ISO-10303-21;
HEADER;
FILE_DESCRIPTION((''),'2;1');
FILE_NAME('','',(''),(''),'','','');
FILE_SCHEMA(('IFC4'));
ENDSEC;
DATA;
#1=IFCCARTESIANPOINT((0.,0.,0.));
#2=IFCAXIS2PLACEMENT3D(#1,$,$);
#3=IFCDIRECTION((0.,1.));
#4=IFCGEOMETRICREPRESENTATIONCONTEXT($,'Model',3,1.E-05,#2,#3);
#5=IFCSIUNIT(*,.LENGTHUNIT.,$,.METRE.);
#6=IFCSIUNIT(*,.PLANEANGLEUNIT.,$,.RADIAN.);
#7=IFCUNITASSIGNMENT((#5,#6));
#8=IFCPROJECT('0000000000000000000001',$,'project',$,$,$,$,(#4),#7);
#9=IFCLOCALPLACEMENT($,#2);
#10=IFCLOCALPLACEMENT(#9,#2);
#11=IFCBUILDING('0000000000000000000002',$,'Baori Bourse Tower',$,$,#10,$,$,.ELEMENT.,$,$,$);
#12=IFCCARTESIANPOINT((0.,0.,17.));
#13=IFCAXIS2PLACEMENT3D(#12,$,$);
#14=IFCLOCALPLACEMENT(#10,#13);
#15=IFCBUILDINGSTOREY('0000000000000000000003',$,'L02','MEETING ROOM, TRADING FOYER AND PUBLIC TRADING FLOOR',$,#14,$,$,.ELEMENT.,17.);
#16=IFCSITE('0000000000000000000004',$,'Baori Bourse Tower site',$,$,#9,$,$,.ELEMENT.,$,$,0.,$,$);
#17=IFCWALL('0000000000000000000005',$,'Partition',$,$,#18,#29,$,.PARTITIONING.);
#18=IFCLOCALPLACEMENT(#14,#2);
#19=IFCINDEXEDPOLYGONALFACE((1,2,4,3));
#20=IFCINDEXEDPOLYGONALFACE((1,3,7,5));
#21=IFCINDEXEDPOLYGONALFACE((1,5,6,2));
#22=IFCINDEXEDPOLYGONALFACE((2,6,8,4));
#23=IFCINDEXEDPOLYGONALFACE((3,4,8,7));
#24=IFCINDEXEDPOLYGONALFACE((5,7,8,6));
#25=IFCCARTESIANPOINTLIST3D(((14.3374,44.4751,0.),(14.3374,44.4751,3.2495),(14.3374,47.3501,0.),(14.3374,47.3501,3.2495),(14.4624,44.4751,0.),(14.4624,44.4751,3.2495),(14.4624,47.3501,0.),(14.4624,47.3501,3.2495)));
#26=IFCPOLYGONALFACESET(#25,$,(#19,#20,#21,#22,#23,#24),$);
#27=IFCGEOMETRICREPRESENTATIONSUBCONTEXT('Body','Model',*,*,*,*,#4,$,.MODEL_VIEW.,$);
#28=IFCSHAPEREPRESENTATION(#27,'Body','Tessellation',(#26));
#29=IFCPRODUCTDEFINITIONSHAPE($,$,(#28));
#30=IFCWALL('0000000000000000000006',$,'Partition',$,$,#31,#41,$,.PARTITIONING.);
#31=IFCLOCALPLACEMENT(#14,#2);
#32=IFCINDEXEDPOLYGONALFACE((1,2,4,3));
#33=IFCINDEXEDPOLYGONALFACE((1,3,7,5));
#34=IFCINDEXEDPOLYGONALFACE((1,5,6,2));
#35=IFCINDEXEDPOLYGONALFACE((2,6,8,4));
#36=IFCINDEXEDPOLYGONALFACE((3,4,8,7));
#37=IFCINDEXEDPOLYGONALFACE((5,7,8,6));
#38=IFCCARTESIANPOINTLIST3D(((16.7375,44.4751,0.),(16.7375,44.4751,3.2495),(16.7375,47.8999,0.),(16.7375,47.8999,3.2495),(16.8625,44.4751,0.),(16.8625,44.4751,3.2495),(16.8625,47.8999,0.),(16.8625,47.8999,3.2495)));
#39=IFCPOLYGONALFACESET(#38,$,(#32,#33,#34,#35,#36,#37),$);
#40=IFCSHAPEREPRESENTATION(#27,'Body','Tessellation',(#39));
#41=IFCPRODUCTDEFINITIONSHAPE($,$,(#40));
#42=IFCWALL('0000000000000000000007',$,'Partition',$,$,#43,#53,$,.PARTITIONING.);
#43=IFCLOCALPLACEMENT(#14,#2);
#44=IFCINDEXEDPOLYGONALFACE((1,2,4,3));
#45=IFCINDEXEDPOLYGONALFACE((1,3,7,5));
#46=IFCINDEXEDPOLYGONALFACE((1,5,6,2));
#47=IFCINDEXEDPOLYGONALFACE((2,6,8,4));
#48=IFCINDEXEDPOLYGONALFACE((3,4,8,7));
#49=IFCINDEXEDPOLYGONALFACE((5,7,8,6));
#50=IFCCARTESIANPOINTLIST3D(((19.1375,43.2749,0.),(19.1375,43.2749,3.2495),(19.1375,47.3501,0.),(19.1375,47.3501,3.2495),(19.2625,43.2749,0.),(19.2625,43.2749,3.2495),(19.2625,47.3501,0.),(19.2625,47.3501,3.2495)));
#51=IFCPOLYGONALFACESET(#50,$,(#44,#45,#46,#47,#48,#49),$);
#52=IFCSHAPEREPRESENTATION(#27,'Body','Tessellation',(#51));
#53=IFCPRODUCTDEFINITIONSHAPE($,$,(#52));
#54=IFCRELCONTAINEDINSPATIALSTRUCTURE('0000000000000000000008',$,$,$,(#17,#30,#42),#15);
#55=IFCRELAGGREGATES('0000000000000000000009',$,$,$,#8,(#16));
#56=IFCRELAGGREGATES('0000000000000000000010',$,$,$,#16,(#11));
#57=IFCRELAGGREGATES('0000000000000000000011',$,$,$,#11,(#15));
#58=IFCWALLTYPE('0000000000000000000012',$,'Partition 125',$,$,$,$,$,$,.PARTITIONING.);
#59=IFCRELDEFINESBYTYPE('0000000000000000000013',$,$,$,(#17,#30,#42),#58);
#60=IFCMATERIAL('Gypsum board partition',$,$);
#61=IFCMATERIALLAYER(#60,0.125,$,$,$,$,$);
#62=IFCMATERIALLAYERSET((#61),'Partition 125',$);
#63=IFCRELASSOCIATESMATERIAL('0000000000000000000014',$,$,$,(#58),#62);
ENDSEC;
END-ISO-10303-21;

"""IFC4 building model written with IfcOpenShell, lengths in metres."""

from ifc_helpers import new_model, si_unit, direction, frame, frame_2d, origin, place, context, subcontext, project, spatial, rectangle, extrude, material, layer, layer_set, type_object, element, save


model = new_model("IFC4")

# Units and contexts
model_context = context("Model", 3, precision=1e-05, world=origin(), true_north=direction((0.0, 1.0)))
body_context = subcontext(model_context, "Body", "Model", "MODEL_VIEW")
ifc_project = project(units=[si_unit("LENGTHUNIT", "METRE"), si_unit("PLANEANGLEUNIT", "RADIAN")], contexts=[model_context])

# Site, building, storey
site_placement = place(None, origin())
site = spatial("IfcSite", under=ifc_project, at=site_placement, Name="Baori Bourse Tower site", CompositionType="ELEMENT", RefElevation=0.0)
building_placement = place(site_placement, origin())
building = spatial("IfcBuilding", under=site, at=building_placement, Name="Baori Bourse Tower", CompositionType="ELEMENT")
storey_placement = place(building_placement, frame((0.0, 0.0, 17.0)))
storey = spatial("IfcBuildingStorey", under=building, at=storey_placement, Name="L02", Description="MEETING ROOM, TRADING FOYER AND PUBLIC TRADING FLOOR", CompositionType="ELEMENT", Elevation=17.0)

# Walls
ifc_material_1 = material(Name="Gypsum board partition")
ifc_layer_1 = layer(ifc_material_1, 0.125)
ifc_layer_set_1 = layer_set([ifc_layer_1], Name="Partition 125")
wall_type_1 = type_object("IfcWallType", Name="Partition 125", PredefinedType="PARTITIONING", material=ifc_layer_set_1)
wall_1_placement = place(storey_placement, frame((14.3999, 44.4751, 0.0), z_axis=(0.0, 0.0, 1.0), x_axis=(0.0, 1.0, 0.0)))
element("IfcWall", 1, at=wall_1_placement, inside=storey, type_object=wall_type_1, Name="Partition", PredefinedType="PARTITIONING", context=body_context, shape_type="SweptSolid", body=[
    extrude(rectangle(XDim=2.875, YDim=0.125, at=frame_2d((1.4375, 0.0))), origin(), (0.0, 0.0, 1.0), 3.2495),
])
wall_2_placement = place(storey_placement, frame((16.8, 44.4751, 0.0), z_axis=(0.0, 0.0, 1.0), x_axis=(0.0, 1.0, 0.0)))
element("IfcWall", 2, at=wall_2_placement, inside=storey, type_object=wall_type_1, Name="Partition", PredefinedType="PARTITIONING", context=body_context, shape_type="SweptSolid", body=[
    extrude(rectangle(XDim=3.4248, YDim=0.125, at=frame_2d((1.7124, 0.0))), origin(), (0.0, 0.0, 1.0), 3.2495),
])
wall_3_placement = place(storey_placement, frame((19.2, 43.2749, 0.0), z_axis=(0.0, 0.0, 1.0), x_axis=(0.0, 1.0, 0.0)))
element("IfcWall", 3, at=wall_3_placement, inside=storey, type_object=wall_type_1, Name="Partition", PredefinedType="PARTITIONING", context=body_context, shape_type="SweptSolid", body=[
    extrude(rectangle(XDim=4.0752, YDim=0.125, at=frame_2d((2.0376, 0.0))), origin(), (0.0, 0.0, 1.0), 3.2495),
])

save(model, "model.ifc")
